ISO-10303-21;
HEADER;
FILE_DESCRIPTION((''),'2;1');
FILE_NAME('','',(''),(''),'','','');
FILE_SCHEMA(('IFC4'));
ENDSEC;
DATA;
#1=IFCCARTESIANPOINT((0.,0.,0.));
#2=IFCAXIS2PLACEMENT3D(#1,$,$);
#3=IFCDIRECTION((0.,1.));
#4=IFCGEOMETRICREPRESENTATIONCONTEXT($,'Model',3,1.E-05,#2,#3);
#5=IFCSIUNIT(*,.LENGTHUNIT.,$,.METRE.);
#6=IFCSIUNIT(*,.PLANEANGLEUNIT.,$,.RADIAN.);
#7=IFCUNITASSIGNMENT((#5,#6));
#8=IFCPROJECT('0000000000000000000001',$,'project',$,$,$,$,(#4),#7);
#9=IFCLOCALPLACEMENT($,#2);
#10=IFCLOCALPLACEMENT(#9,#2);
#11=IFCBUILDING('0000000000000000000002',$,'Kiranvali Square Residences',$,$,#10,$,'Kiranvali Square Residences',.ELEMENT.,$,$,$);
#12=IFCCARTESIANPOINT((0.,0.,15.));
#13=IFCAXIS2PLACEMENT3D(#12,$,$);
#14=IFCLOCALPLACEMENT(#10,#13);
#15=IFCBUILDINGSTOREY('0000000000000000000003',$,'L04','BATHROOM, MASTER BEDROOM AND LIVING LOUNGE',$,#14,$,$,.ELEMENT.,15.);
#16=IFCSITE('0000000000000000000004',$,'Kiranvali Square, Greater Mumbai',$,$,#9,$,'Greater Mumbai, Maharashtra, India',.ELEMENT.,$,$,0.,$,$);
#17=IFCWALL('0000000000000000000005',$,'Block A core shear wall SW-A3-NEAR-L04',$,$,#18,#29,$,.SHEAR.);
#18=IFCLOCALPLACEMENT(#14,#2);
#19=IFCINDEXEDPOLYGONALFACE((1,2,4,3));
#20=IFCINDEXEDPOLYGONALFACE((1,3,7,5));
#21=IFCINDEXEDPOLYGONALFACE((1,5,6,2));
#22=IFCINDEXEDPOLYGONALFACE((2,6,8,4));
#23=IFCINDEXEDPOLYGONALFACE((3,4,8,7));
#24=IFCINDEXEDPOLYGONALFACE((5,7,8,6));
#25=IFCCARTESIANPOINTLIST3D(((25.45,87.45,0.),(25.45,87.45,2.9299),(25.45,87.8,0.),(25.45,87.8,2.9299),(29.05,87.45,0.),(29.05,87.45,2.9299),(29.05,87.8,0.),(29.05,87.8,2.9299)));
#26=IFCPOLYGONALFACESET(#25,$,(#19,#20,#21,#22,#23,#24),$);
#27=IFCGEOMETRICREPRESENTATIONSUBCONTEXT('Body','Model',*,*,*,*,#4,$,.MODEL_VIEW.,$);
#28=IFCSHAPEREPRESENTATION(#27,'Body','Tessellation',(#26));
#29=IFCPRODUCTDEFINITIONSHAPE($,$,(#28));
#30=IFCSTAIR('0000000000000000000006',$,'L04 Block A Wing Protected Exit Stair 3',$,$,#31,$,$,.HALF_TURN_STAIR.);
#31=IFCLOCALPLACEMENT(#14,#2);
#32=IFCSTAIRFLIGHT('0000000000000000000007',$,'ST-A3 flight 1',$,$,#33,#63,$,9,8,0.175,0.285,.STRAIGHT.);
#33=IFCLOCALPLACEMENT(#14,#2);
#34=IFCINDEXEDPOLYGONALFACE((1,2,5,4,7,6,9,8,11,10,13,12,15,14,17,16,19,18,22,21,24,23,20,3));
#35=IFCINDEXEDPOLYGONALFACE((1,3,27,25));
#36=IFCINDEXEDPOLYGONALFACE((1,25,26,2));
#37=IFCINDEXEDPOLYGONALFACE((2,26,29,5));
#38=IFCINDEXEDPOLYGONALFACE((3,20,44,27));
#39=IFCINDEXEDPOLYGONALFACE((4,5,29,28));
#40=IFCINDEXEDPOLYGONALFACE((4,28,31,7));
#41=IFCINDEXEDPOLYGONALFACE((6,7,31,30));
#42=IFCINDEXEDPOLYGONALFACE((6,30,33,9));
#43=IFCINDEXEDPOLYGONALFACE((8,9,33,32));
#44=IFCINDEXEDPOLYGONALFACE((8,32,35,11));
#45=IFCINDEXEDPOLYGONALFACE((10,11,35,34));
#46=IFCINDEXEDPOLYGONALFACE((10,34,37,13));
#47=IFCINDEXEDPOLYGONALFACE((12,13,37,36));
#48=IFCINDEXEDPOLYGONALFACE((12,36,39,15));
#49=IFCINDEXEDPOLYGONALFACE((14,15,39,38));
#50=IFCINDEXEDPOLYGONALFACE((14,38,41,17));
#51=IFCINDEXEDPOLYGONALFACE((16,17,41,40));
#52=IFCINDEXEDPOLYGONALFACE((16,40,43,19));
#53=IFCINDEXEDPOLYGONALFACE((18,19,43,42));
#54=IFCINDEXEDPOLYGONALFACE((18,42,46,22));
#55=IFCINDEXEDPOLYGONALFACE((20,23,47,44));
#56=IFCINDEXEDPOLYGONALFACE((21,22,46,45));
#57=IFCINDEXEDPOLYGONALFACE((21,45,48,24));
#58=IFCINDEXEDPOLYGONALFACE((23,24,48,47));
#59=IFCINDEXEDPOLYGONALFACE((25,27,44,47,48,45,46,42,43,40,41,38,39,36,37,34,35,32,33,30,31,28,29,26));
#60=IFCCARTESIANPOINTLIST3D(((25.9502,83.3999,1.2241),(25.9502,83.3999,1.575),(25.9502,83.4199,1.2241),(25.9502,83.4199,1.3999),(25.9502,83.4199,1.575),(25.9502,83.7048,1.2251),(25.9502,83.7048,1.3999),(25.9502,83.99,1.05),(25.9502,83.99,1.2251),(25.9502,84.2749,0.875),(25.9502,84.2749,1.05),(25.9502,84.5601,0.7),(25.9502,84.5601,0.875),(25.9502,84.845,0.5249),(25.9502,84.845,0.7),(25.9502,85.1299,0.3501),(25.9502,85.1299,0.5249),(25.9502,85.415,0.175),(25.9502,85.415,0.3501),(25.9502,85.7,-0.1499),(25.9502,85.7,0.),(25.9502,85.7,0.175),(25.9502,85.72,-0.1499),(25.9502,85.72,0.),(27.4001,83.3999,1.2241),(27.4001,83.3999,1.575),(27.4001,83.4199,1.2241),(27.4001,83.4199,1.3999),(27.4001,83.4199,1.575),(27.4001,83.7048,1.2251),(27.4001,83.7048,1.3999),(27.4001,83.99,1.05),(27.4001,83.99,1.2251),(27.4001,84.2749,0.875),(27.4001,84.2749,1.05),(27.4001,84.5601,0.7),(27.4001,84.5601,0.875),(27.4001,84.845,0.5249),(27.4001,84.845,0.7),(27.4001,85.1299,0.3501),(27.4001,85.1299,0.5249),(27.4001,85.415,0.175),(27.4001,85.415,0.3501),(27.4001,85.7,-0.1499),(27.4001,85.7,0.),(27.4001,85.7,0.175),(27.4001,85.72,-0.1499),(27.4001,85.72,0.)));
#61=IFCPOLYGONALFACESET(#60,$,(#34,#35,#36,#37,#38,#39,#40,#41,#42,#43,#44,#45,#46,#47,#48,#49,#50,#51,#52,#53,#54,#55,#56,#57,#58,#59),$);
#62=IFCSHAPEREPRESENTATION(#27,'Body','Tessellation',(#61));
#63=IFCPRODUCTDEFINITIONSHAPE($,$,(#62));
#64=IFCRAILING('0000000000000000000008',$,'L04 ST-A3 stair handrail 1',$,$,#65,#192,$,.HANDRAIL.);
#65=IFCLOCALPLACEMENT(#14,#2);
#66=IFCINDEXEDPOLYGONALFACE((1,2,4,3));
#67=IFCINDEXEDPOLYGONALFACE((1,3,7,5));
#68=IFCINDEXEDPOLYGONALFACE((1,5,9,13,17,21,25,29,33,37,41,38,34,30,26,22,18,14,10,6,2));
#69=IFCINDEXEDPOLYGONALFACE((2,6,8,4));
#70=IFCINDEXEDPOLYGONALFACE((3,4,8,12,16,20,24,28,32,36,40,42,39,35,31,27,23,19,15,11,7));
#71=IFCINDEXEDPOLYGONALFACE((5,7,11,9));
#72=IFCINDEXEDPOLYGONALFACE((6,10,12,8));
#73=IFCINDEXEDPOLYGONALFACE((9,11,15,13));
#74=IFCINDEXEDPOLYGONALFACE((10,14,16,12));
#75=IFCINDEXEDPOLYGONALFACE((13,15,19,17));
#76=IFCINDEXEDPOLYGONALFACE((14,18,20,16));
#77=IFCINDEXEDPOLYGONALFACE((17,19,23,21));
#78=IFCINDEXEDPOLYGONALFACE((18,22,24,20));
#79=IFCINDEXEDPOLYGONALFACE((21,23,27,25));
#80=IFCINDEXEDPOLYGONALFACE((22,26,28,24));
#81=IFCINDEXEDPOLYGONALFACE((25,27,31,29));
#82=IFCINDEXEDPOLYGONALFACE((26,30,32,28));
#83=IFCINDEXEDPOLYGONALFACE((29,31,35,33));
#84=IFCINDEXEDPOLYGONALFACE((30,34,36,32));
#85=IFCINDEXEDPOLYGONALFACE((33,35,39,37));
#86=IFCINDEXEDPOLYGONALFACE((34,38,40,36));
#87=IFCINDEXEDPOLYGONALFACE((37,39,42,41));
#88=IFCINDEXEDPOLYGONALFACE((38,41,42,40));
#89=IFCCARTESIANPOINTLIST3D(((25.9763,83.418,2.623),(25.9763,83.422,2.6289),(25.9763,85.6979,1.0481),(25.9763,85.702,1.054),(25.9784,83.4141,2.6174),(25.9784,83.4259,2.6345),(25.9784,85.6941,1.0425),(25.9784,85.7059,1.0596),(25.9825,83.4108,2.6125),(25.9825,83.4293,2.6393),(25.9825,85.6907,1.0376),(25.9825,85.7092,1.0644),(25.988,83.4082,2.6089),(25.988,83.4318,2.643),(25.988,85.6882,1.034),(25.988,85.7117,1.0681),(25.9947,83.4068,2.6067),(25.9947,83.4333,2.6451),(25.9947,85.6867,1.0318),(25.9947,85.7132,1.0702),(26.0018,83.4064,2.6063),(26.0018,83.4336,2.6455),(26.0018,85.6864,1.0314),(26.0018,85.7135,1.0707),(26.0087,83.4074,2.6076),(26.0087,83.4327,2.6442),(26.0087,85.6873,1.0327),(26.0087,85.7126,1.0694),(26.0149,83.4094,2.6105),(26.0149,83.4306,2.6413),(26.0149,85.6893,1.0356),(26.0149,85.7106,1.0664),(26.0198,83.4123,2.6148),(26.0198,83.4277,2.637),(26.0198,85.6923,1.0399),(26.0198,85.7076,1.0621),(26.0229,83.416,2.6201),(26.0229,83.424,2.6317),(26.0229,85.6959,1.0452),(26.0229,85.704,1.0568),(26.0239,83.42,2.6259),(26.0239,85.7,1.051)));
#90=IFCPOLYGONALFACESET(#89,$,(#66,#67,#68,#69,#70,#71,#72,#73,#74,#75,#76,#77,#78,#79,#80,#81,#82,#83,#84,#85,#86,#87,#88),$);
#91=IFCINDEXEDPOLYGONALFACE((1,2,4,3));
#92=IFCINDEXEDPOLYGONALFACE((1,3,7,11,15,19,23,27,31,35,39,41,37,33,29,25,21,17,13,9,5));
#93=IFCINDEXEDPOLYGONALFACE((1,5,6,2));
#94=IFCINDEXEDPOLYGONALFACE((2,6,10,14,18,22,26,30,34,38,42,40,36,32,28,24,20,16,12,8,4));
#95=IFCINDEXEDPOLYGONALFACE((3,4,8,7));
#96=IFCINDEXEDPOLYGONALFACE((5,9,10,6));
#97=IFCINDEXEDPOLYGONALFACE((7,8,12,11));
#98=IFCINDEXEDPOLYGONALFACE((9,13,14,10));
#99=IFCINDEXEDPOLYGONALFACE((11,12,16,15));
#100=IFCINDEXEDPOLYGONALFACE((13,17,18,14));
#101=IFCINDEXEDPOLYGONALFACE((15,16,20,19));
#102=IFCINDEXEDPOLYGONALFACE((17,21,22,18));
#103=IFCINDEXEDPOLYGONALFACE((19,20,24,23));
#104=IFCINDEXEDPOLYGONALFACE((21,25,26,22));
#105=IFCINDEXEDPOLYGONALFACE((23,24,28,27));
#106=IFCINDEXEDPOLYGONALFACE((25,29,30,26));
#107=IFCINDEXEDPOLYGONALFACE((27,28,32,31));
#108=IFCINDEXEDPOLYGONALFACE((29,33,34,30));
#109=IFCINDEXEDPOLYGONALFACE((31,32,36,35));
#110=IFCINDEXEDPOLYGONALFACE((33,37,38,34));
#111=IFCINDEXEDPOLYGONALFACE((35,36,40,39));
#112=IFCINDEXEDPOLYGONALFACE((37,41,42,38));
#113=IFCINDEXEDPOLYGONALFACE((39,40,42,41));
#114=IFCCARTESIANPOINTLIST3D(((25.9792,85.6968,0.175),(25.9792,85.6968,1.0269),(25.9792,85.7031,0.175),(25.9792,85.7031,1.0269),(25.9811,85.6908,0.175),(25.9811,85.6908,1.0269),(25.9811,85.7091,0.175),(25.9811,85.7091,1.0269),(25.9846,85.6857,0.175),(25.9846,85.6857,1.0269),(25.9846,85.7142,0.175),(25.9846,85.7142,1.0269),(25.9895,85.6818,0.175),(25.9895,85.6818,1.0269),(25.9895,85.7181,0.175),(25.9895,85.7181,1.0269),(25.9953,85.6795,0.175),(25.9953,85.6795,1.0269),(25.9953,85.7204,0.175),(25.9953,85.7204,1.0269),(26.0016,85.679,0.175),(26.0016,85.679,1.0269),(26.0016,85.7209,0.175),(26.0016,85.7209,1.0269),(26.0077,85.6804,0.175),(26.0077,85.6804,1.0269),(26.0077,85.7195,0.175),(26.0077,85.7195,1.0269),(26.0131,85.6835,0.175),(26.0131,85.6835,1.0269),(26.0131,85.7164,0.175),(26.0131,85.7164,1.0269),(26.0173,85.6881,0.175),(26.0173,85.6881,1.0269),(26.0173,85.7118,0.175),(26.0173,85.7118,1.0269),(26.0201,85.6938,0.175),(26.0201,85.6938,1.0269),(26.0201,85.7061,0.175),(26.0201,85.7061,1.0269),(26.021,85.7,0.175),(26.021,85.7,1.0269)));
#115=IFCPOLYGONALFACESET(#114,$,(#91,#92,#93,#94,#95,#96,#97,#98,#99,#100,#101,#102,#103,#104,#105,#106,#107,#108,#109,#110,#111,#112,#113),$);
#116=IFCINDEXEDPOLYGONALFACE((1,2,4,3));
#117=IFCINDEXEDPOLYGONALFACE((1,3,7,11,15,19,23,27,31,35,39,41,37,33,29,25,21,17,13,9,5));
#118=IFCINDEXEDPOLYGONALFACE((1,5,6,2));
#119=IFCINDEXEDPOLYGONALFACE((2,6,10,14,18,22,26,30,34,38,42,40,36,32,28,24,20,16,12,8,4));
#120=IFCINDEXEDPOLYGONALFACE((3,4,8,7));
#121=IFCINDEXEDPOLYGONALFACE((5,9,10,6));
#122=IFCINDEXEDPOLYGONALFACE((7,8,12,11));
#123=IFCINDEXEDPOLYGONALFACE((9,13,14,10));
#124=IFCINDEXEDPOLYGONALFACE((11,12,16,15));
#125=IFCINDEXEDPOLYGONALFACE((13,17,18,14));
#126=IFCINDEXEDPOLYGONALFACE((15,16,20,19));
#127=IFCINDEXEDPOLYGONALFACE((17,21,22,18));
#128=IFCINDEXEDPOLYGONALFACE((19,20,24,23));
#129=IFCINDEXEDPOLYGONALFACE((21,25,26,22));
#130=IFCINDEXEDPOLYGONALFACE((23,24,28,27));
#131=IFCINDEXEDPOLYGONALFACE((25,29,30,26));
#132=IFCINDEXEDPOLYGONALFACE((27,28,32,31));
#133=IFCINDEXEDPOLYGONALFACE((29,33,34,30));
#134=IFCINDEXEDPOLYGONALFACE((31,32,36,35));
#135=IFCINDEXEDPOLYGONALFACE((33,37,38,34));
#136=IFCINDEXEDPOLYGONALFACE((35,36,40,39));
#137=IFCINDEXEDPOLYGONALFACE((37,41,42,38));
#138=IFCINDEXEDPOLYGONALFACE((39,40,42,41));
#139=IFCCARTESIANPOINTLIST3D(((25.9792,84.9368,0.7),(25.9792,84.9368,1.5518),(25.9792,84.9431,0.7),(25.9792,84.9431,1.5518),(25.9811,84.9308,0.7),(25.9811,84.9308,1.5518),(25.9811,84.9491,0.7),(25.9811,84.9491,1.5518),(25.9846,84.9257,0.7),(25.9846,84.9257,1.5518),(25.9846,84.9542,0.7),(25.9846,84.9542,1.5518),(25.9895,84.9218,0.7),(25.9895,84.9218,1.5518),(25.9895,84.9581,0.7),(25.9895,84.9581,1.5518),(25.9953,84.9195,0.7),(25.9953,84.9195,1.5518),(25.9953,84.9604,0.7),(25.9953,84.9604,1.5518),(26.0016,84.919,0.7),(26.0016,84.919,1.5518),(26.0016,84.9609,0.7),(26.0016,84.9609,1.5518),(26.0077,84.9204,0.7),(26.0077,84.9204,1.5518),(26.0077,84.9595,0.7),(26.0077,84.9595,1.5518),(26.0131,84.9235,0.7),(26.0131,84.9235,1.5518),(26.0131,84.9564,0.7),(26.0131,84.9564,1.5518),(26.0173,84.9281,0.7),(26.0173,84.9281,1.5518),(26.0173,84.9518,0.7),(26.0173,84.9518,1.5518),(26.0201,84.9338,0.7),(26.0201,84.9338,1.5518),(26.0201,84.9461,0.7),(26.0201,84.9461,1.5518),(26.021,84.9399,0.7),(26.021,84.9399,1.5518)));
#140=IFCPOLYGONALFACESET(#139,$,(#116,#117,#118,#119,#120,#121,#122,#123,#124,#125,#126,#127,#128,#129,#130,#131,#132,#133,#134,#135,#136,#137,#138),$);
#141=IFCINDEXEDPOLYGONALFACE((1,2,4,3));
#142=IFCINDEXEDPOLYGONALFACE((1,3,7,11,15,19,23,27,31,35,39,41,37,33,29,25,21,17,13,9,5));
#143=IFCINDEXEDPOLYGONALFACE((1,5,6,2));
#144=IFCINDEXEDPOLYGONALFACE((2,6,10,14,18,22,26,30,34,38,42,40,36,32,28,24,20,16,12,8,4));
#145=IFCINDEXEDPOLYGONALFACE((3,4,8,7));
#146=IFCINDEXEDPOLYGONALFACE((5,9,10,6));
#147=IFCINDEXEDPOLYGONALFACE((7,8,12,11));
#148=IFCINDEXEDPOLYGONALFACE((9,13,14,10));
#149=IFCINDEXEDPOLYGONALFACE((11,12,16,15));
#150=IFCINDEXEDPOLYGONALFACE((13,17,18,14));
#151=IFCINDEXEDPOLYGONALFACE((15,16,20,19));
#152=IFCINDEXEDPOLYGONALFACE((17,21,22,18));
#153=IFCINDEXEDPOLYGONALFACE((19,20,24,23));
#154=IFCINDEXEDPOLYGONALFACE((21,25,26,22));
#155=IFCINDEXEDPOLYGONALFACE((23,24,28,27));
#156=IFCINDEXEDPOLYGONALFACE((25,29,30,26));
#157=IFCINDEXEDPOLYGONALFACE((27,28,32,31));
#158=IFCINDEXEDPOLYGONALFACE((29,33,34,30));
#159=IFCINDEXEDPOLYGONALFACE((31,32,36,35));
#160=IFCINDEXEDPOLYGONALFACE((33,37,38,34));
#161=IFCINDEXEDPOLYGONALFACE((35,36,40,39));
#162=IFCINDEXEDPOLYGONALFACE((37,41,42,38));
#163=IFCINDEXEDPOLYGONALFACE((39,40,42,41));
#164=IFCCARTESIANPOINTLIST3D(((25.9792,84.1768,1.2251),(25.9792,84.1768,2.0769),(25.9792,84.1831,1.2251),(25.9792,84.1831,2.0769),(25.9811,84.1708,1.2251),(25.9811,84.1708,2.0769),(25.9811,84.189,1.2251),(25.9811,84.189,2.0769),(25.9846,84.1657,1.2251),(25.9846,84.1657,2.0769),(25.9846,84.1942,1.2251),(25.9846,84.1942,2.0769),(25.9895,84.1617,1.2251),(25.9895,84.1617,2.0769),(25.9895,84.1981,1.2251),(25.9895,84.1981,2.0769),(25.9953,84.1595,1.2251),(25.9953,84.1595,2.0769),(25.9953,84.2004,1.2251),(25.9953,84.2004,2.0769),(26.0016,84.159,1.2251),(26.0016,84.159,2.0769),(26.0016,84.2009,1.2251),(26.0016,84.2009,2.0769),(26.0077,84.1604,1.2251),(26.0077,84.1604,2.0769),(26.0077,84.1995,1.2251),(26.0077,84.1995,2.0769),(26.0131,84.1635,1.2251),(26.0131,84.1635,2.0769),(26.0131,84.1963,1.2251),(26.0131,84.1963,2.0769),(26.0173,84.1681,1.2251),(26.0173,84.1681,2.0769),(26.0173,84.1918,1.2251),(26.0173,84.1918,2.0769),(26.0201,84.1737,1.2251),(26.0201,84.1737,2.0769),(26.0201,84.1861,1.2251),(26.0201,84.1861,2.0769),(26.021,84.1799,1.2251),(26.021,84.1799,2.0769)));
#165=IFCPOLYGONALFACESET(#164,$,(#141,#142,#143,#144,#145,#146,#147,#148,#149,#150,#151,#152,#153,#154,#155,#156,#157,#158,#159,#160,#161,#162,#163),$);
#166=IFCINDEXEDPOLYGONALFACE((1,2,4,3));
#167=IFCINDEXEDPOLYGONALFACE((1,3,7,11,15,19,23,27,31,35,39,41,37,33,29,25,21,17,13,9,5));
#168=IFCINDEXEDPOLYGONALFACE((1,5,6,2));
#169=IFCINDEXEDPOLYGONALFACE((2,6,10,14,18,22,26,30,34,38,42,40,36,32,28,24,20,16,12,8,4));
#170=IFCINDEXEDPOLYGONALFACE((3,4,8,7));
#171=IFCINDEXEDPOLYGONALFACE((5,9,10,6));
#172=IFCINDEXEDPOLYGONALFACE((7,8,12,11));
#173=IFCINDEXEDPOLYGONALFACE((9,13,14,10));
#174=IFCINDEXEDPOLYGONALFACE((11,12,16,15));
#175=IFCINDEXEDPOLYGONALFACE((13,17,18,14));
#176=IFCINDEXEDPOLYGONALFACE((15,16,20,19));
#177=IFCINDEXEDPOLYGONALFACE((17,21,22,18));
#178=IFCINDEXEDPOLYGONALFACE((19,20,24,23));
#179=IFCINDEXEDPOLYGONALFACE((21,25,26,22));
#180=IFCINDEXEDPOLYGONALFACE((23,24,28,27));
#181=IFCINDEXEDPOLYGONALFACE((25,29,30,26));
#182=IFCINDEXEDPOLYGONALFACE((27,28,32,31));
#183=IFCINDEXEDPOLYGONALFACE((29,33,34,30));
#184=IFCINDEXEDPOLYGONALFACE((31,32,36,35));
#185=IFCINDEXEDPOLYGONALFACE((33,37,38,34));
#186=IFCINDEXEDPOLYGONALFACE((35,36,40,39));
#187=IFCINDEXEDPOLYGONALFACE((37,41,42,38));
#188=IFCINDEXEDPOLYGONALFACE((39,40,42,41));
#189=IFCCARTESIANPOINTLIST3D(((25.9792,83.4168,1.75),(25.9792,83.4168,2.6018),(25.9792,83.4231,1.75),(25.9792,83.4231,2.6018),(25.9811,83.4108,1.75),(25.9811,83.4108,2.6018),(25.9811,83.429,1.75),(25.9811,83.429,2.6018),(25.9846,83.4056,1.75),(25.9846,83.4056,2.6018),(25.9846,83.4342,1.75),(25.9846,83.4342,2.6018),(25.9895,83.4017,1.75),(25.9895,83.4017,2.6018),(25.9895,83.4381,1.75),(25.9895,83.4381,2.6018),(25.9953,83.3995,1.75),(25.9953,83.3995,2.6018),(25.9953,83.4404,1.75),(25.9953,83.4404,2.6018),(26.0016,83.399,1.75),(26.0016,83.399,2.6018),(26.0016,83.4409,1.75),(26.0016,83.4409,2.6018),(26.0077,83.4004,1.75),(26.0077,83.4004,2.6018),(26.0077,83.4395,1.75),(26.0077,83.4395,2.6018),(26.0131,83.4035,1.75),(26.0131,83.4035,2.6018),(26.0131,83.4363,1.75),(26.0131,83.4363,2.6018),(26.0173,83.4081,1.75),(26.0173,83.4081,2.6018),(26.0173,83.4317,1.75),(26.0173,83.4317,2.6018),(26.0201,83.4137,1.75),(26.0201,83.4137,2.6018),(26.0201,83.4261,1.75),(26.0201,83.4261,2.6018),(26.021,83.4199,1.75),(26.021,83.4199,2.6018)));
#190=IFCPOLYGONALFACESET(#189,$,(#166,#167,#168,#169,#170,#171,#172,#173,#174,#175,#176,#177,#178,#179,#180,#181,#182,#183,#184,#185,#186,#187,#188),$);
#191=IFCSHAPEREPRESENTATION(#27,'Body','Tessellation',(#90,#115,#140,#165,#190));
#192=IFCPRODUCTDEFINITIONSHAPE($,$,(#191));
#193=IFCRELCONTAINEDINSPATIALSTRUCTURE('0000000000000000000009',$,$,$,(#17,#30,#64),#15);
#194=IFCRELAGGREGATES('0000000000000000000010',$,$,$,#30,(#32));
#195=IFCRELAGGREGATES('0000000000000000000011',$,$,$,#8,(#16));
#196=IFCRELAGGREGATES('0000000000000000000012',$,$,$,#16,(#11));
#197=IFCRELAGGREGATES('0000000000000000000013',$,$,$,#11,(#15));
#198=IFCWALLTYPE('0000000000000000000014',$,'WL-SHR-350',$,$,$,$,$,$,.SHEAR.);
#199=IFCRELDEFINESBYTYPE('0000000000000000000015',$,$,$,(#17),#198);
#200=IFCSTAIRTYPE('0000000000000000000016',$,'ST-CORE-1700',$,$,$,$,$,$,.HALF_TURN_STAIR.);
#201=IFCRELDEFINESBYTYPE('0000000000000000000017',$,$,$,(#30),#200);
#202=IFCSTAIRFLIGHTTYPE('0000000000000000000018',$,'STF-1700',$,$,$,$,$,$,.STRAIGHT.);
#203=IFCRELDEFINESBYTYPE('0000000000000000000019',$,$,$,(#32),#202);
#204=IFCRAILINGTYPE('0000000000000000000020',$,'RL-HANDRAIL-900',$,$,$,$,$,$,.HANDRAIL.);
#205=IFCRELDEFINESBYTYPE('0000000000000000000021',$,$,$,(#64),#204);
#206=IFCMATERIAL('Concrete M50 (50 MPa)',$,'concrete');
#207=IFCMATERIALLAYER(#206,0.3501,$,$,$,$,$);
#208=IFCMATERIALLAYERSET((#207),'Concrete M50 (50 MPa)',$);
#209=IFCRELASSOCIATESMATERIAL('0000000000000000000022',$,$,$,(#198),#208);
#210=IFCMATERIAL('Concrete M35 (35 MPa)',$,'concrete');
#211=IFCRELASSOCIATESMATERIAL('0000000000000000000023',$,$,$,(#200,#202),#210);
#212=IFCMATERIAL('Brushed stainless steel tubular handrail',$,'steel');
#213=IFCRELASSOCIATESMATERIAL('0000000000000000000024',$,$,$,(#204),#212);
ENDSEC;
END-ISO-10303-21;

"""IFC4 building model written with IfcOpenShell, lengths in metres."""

from ifc_helpers import new_model, si_unit, direction, frame, frame_2d, origin, origin_2d, place, context, subcontext, project, spatial, polyline, rectangle, circle, outline, extrude, material, layer, layer_set, type_object, element, aggregate, save


model = new_model("IFC4")

# Units and contexts
model_context = context("Model", 3, precision=1e-05, world=origin(), true_north=direction((0.0, 1.0)))
body_context = subcontext(model_context, "Body", "Model", "MODEL_VIEW")
ifc_project = project(units=[si_unit("LENGTHUNIT", "METRE"), si_unit("PLANEANGLEUNIT", "RADIAN")], contexts=[model_context])

# Site, building, storey
site_placement = place(None, origin())
site = spatial("IfcSite", under=ifc_project, at=site_placement, Name="Kiranvali Square, Greater Mumbai", LongName="Greater Mumbai, Maharashtra, India", CompositionType="ELEMENT", RefElevation=0.0)
building_placement = place(site_placement, origin())
building = spatial("IfcBuilding", under=site, at=building_placement, Name="Kiranvali Square Residences", LongName="Kiranvali Square Residences", CompositionType="ELEMENT")
storey_placement = place(building_placement, frame((0.0, 0.0, 15.0)))
storey = spatial("IfcBuildingStorey", under=building, at=storey_placement, Name="L04", Description="BATHROOM, MASTER BEDROOM AND LIVING LOUNGE", CompositionType="ELEMENT", Elevation=15.0)

# Shared definitions
ifc_material_1 = material(Name="Concrete M50 (50 MPa)", Category="concrete")

# Shared definitions
ifc_layer_1 = layer(ifc_material_1, 0.3501)
ifc_layer_set_1 = layer_set([ifc_layer_1], Name="Concrete M50 (50 MPa)")
wall_type_1 = type_object("IfcWallType", Name="WL-SHR-350", PredefinedType="SHEAR", material=ifc_layer_set_1)

# Wall
wall_1_placement = place(storey_placement, frame((29.05, 87.625, 0.0), z_axis=(0.0, 0.0, 1.0), x_axis=(-1.0, 0.0, 0.0)))
element("IfcWall", 1, at=wall_1_placement, inside=storey, type_object=wall_type_1, Name="Block A core shear wall SW-A3-NEAR-L04", PredefinedType="SHEAR", context=body_context, shape_type="SweptSolid", body=[
    extrude(rectangle(XDim=3.6001, YDim=0.3501, at=frame_2d((1.8, 0.0))), origin(), (0.0, 0.0, 1.0), 2.9299),
])

# Stair, stair flight
ifc_material_2 = material(Name="Concrete M35 (35 MPa)", Category="concrete")
stair_type = type_object("IfcStairType", Name="ST-CORE-1700", PredefinedType="HALF_TURN_STAIR", material=ifc_material_2)
stair_placement = place(storey_placement, origin())
stair = element("IfcStair", 2, at=stair_placement, inside=storey, type_object=stair_type, Name="L04 Block A Wing Protected Exit Stair 3", PredefinedType="HALF_TURN_STAIR")
stair_flight_type = type_object("IfcStairFlightType", Name="STF-1700", PredefinedType="STRAIGHT", material=ifc_material_2)
stair_flight_placement = place(storey_placement, frame((26.675, 85.7, 0.0), z_axis=(0.0, 0.0, 1.0), x_axis=(0.0, -1.0, 0.0)))
stair_flight = element("IfcStairFlight", 3, at=stair_flight_placement, type_object=stair_flight_type, Name="ST-A3 flight 1", NumberOfRisers=9, NumberOfTreads=8, PredefinedType="STRAIGHT", RiserHeight=0.175, TreadLength=0.285, context=body_context, shape_type="SweptSolid", body=[
    extrude(outline(polyline([(-0.02, -0.1499), (-0.02, 0.0), (0.0, 0.0), (0.0, 0.175), (0.2849, 0.175), (0.2849, 0.3501), (0.5701, 0.3501), (0.5701, 0.5249), (0.855, 0.5249), (0.855, 0.7), (1.1399, 0.7), (1.1399, 0.875), (1.425, 0.875), (1.425, 1.05), (1.71, 1.05), (1.71, 1.2251), (1.9951, 1.2251), (1.9951, 1.3999), (2.28, 1.3999), (2.28, 1.575), (2.3, 1.575), (2.3, 1.2241), (2.28, 1.2241), (0.0, -0.1499), (-0.02, -0.1499)])), frame((0.0, 0.7251, 0.0), z_axis=(0.0, -1.0, 0.0), x_axis=(1.0, 0.0, 0.0)), (0.0, 0.0, 1.0), 1.45),
])
aggregate(stair, [stair_flight])

# Railing
ifc_material_3 = material(Name="Brushed stainless steel tubular handrail", Category="steel")
railing_type_1 = type_object("IfcRailingType", Name="RL-HANDRAIL-900", PredefinedType="HANDRAIL", material=ifc_material_3)
railing_1_placement = place(storey_placement, frame((26.0, 85.7, 0.175)))
element("IfcRailing", 4, at=railing_1_placement, inside=storey, type_object=railing_type_1, Name="L04 ST-A3 stair handrail 1", PredefinedType="HANDRAIL", context=body_context, shape_type="SweptSolid", body=[
    extrude(circle(Radius=0.0239, at=origin_2d()), frame((0.0, 0.0, 0.876), z_axis=(0.0, -0.822788, 0.568348), x_axis=(1.0, 0.0, 0.0)), (0.0, 0.0, 1.0), 2.771),
    extrude(circle(Radius=0.021, at=origin_2d()), origin(), (0.0, 0.0, 1.0), 0.8518),
    extrude(circle(Radius=0.021, at=origin_2d()), frame((0.0, -0.76, 0.5249)), (0.0, 0.0, 1.0), 0.8518),
    extrude(circle(Radius=0.021, at=origin_2d()), frame((0.0, -1.52, 1.05)), (0.0, 0.0, 1.0), 0.8518),
    extrude(circle(Radius=0.021, at=origin_2d()), frame((0.0, -2.28, 1.575)), (0.0, 0.0, 1.0), 0.8518),
])

save(model, "model.ifc")
